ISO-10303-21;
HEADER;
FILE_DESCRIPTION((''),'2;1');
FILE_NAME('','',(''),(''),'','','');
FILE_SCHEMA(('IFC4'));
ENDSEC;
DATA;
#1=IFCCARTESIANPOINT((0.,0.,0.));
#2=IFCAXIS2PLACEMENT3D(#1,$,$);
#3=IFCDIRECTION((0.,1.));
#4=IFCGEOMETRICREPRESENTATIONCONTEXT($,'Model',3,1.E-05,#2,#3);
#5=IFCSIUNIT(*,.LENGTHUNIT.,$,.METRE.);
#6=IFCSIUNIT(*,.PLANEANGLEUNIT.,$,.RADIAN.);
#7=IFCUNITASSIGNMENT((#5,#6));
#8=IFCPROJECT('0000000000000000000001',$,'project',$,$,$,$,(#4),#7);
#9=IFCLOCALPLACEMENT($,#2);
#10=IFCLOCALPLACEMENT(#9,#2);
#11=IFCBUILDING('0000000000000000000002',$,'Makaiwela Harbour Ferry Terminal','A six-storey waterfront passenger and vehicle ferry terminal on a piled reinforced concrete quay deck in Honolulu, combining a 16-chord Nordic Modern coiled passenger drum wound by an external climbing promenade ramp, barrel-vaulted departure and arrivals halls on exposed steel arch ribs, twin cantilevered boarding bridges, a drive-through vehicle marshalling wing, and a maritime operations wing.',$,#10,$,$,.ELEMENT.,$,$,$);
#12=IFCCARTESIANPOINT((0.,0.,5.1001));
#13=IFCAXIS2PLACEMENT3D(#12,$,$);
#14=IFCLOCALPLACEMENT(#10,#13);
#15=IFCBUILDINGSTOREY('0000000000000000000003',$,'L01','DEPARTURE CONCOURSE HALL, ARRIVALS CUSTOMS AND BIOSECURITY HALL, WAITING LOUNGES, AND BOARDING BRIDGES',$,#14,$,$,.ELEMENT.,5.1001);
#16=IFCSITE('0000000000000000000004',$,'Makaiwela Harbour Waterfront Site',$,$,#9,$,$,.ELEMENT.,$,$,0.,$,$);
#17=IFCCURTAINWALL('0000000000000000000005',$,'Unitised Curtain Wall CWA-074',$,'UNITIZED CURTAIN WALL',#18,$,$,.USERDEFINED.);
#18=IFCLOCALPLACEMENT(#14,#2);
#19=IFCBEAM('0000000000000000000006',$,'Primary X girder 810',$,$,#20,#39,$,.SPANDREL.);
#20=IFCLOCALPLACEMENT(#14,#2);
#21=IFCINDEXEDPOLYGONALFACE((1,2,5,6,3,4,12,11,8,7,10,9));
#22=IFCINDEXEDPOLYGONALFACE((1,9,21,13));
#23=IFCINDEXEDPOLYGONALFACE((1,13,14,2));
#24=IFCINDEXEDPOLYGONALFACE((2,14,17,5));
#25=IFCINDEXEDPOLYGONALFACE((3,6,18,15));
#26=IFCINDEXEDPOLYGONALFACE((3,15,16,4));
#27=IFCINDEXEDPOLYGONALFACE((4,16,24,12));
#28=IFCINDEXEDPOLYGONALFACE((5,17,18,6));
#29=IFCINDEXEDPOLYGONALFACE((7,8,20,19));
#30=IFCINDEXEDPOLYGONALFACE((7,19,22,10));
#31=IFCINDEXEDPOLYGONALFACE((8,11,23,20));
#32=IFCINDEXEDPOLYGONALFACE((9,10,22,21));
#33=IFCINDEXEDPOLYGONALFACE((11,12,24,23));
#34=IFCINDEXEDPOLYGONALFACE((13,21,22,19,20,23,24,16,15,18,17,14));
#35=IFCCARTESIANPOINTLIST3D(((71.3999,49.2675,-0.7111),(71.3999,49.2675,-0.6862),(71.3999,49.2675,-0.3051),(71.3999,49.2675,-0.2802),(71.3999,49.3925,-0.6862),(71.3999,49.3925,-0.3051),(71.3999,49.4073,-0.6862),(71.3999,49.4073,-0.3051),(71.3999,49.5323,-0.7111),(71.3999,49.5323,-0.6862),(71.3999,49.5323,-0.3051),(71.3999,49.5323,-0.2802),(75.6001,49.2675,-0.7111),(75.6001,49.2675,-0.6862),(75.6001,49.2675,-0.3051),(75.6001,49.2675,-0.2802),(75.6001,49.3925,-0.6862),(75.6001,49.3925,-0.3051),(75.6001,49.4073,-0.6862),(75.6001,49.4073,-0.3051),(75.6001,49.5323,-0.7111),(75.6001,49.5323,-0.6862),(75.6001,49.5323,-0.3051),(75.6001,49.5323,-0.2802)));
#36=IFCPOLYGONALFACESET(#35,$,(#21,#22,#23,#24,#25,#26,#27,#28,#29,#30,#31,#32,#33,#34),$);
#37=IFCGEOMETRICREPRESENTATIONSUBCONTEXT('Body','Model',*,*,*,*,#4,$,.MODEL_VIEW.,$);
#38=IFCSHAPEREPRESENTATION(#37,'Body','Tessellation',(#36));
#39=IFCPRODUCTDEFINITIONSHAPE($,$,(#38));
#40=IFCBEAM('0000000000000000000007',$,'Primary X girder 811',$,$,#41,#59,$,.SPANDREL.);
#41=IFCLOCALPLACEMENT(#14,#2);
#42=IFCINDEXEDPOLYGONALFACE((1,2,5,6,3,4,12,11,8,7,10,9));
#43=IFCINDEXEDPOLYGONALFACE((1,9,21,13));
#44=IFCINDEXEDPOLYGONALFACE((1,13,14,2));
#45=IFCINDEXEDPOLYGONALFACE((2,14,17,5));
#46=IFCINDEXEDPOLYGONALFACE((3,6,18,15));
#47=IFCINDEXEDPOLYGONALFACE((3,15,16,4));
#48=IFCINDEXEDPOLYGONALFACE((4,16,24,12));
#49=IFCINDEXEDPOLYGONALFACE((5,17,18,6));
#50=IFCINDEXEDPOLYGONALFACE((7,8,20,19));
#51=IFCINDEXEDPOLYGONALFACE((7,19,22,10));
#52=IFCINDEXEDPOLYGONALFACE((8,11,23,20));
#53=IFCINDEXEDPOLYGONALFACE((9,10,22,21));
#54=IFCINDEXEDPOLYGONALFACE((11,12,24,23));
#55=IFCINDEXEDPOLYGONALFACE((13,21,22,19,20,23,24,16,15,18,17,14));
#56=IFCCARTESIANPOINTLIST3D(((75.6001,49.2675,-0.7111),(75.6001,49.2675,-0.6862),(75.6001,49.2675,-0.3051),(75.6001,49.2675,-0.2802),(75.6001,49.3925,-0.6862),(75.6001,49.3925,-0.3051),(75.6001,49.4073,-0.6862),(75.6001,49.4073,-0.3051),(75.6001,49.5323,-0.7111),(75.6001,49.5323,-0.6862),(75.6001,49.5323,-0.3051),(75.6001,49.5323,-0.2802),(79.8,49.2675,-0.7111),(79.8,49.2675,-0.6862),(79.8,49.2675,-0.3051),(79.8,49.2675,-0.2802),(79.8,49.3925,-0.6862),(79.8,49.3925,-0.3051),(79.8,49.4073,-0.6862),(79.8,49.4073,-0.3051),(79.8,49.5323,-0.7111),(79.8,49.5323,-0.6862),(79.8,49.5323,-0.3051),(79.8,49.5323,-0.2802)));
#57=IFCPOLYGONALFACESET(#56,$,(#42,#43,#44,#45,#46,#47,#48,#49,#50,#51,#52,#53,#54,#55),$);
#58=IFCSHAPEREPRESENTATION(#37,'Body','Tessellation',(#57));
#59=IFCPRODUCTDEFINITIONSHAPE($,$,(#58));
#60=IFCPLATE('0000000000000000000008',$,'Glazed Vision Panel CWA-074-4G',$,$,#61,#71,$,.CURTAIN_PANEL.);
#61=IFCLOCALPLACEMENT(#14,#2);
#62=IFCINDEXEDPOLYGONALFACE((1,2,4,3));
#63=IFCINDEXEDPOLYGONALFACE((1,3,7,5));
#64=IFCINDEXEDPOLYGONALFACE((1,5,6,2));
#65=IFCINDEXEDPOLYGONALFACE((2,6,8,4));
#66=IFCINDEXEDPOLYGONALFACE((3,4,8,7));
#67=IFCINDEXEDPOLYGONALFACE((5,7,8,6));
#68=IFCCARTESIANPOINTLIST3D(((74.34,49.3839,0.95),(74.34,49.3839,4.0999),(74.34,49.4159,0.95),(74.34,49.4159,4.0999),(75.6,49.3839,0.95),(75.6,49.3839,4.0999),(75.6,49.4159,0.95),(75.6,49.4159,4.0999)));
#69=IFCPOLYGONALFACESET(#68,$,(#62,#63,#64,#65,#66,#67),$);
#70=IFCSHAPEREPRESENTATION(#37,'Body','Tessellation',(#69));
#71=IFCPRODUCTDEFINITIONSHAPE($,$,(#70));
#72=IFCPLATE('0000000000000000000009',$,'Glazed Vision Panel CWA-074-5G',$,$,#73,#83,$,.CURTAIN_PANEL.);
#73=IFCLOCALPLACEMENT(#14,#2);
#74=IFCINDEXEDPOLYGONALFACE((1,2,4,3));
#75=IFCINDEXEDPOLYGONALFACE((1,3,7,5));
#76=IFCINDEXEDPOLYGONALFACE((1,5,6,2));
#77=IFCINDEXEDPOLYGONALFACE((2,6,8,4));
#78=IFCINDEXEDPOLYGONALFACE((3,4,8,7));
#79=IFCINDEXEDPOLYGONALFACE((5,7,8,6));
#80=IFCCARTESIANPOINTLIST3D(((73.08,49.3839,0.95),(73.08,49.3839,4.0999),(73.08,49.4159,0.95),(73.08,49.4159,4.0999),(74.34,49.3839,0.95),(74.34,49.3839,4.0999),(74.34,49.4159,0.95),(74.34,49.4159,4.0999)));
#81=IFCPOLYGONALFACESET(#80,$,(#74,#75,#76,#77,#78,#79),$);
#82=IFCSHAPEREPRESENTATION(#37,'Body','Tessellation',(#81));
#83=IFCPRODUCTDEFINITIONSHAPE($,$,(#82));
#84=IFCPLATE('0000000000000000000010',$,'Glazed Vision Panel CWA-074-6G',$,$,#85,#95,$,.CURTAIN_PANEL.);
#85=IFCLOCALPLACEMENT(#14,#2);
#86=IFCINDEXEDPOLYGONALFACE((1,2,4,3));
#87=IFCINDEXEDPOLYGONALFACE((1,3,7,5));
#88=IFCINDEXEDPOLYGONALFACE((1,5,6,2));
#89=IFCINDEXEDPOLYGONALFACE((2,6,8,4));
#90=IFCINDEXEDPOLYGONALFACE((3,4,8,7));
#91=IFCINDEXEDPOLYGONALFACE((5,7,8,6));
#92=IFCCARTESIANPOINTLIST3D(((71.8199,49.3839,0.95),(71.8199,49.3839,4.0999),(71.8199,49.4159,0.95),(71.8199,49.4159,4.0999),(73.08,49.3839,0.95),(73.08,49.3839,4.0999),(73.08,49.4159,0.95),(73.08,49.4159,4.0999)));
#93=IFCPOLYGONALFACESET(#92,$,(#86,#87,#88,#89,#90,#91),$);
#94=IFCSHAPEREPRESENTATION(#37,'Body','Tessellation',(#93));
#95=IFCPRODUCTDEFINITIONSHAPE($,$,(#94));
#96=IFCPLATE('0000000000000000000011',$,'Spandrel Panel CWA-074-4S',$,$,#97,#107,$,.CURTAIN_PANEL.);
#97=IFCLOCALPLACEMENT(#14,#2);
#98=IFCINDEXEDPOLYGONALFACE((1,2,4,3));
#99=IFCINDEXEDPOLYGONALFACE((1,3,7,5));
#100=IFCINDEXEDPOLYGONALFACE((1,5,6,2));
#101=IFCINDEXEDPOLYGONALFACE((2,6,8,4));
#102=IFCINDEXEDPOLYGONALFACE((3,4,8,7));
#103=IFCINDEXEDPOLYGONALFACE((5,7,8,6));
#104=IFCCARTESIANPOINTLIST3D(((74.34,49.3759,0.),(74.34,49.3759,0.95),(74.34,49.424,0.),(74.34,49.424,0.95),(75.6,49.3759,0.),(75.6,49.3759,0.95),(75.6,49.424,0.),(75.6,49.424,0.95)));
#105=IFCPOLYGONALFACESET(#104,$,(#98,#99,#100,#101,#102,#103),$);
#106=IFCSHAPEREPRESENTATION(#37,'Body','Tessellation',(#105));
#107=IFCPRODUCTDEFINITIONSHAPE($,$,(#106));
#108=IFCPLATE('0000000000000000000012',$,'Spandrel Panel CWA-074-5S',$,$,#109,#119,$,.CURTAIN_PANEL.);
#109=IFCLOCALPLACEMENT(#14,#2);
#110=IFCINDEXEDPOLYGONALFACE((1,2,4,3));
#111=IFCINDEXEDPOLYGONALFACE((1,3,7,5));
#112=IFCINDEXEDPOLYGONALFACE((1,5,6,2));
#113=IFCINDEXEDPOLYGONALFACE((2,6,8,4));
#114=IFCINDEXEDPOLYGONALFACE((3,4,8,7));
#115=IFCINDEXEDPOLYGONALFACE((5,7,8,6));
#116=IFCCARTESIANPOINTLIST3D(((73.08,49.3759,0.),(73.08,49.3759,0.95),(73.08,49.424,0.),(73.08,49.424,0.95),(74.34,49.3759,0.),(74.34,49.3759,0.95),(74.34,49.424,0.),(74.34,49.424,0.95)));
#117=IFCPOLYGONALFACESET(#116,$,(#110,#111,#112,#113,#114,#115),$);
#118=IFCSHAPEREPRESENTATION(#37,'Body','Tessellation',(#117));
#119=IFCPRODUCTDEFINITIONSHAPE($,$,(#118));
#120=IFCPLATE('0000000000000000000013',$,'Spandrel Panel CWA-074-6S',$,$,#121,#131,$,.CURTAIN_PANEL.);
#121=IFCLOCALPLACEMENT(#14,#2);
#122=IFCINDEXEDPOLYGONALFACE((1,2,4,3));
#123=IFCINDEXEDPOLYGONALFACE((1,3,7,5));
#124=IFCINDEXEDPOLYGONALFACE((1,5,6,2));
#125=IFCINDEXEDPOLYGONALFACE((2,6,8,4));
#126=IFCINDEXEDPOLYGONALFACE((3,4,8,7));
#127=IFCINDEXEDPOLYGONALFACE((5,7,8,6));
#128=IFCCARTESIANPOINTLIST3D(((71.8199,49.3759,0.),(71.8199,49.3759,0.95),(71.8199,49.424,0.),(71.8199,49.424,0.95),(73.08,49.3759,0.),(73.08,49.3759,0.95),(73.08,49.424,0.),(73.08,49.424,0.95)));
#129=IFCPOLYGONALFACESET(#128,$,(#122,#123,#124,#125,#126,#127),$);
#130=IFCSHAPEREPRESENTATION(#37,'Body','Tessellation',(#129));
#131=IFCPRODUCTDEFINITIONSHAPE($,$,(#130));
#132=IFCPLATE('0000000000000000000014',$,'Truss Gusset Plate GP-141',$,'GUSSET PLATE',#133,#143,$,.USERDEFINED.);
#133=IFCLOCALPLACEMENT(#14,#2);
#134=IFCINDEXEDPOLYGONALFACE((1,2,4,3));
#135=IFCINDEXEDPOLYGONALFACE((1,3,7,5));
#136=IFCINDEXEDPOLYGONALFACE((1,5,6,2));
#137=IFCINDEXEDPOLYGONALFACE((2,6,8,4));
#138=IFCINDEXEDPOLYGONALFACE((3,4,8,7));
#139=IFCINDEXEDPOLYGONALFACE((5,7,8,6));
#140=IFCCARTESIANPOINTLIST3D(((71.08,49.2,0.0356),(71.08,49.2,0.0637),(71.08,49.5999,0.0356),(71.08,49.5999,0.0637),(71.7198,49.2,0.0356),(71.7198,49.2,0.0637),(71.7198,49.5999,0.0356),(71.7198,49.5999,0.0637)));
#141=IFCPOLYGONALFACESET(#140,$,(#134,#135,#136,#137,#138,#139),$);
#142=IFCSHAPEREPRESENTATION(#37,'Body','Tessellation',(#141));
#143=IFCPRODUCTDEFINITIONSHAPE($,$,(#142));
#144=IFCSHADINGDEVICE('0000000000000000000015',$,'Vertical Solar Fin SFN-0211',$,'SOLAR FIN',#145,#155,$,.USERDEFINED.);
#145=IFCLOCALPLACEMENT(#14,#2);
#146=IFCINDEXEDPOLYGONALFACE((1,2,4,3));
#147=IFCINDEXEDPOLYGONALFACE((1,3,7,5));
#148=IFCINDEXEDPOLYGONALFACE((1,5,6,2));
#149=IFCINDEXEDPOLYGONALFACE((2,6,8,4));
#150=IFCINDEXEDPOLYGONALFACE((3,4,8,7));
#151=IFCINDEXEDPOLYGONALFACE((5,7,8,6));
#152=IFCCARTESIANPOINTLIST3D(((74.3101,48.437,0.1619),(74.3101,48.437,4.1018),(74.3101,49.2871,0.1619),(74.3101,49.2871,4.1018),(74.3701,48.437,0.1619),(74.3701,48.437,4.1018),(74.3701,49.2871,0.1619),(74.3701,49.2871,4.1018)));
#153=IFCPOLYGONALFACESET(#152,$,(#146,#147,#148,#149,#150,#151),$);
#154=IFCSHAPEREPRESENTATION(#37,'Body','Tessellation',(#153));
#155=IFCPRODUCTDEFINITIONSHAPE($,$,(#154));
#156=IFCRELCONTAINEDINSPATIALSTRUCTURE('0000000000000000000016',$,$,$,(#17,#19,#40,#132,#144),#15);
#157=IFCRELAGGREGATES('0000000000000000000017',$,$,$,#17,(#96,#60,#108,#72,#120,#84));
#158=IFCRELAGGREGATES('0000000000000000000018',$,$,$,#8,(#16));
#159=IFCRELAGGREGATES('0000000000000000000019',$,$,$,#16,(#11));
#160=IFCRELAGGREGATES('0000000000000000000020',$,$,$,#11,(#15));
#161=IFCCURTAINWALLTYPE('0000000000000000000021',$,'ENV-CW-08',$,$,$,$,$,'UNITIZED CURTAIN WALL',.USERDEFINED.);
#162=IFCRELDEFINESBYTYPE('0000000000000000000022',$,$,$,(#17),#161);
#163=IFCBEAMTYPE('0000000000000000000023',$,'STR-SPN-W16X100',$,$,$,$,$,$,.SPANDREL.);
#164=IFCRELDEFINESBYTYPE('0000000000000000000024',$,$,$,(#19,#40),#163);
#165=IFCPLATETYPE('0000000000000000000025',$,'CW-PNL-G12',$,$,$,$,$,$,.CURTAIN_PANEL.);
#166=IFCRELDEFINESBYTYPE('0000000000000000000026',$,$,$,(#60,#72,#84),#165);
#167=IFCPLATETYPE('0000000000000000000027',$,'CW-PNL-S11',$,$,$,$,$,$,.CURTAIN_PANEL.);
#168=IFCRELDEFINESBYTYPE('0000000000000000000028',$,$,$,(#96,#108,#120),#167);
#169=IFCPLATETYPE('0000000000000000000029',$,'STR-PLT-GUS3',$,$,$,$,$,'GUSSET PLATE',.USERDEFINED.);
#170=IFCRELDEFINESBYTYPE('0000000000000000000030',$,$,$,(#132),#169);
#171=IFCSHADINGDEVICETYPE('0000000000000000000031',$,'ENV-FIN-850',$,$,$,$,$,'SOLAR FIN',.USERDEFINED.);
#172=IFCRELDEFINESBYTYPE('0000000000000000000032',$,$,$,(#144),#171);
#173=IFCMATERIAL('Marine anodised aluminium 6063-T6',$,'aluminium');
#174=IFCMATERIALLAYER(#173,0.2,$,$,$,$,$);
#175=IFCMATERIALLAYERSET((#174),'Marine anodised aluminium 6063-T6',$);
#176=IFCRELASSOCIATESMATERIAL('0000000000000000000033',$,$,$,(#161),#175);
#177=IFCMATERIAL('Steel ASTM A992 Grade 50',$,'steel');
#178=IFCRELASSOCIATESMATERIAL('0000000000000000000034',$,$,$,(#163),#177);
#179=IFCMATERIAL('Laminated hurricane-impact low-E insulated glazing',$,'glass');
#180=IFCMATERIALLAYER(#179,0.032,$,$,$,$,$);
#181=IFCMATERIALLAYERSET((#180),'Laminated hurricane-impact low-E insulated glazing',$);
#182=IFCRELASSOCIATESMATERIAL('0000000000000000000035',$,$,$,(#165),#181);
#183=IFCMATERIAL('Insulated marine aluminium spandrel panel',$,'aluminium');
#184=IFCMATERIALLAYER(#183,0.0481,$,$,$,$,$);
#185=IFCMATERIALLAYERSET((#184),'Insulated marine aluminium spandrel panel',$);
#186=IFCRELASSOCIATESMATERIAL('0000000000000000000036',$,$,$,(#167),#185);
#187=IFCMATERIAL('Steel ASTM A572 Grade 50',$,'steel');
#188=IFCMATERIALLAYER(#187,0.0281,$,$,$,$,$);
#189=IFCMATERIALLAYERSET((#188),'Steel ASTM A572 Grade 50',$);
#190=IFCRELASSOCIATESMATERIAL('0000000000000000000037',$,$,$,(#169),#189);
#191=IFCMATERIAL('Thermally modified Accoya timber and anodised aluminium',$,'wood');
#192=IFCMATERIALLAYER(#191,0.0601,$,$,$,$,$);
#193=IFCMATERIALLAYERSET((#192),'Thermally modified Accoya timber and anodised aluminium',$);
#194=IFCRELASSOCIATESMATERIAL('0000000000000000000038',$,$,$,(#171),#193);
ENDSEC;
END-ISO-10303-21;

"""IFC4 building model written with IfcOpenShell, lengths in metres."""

from ifc_helpers import new_model, si_unit, direction, frame, origin, origin_2d, place, context, subcontext, project, spatial, rectangle, i_section, extrude, material, layer, layer_set, material_profile, profile_set, type_object, element, aggregate, save


model = new_model("IFC4")

# Units and contexts
model_context = context("Model", 3, precision=1e-05, world=origin(), true_north=direction((0.0, 1.0)))
body_context = subcontext(model_context, "Body", "Model", "MODEL_VIEW")
ifc_project = project(units=[si_unit("LENGTHUNIT", "METRE"), si_unit("PLANEANGLEUNIT", "RADIAN")], contexts=[model_context])

# Site, building, storey
site_placement = place(None, origin())
site = spatial("IfcSite", under=ifc_project, at=site_placement, Name="Makaiwela Harbour Waterfront Site", CompositionType="ELEMENT", RefElevation=0.0)
building_placement = place(site_placement, origin())
building = spatial("IfcBuilding", under=site, at=building_placement, Name="Makaiwela Harbour Ferry Terminal", Description="A six-storey waterfront passenger and vehicle ferry terminal on a piled reinforced concrete quay deck in Honolulu, combining a 16-chord Nordic Modern coiled passenger drum wound by an external climbing promenade ramp, barrel-vaulted departure and arrivals halls on exposed steel arch ribs, twin cantilevered boarding bridges, a drive-through vehicle marshalling wing, and a maritime operations wing.", CompositionType="ELEMENT")
storey_placement = place(building_placement, frame((0.0, 0.0, 5.1001)))
storey = spatial("IfcBuildingStorey", under=building, at=storey_placement, Name="L01", Description="DEPARTURE CONCOURSE HALL, ARRIVALS CUSTOMS AND BIOSECURITY HALL, WAITING LOUNGES, AND BOARDING BRIDGES", CompositionType="ELEMENT", Elevation=5.1001)

# Shared definitions
ifc_material_1 = material(Name="Steel ASTM A992 Grade 50", Category="steel")

# Curtain wall
ifc_material_2 = material(Name="Marine anodised aluminium 6063-T6", Category="aluminium")
ifc_layer_1 = layer(ifc_material_2, 0.2)
ifc_layer_set_1 = layer_set([ifc_layer_1], Name="Marine anodised aluminium 6063-T6")
curtain_wall_type_1 = type_object("IfcCurtainWallType", Name="ENV-CW-08", ElementType="UNITIZED CURTAIN WALL", PredefinedType="USERDEFINED", material=ifc_layer_set_1)
curtain_wall_1_placement = place(storey_placement, origin())
curtain_wall_1 = element("IfcCurtainWall", 1, at=curtain_wall_1_placement, inside=storey, type_object=curtain_wall_type_1, Name="Unitised Curtain Wall CWA-074", ObjectType="UNITIZED CURTAIN WALL", PredefinedType="USERDEFINED")

# Beams
ifc_material_profile_1 = material_profile(ifc_material_1, i_section(OverallWidth=0.2649, OverallDepth=0.4309, WebThickness=0.0149, FlangeThickness=0.0249, at=origin_2d()), Name="W16X100")
ifc_profile_set_1 = profile_set([ifc_material_profile_1], Name="Steel ASTM A992 Grade 50")
beam_type_1 = type_object("IfcBeamType", Name="STR-SPN-W16X100", PredefinedType="SPANDREL", material=ifc_profile_set_1)
beam_1_placement = place(storey_placement, frame((71.3999, 49.3999, -0.4956), z_axis=(1.0, 0.0, 0.0), x_axis=(0.0, 1.0, 0.0)))
element("IfcBeam", 2, at=beam_1_placement, inside=storey, type_object=beam_type_1, Name="Primary X girder 810", PredefinedType="SPANDREL", context=body_context, shape_type="SweptSolid", body=[
    extrude(i_section(OverallWidth=0.2649, OverallDepth=0.4309, WebThickness=0.0149, FlangeThickness=0.0249, at=origin_2d()), origin(), (0.0, 0.0, 1.0), 4.2002),
])
beam_2_placement = place(storey_placement, frame((75.6001, 49.3999, -0.4956), z_axis=(1.0, 0.0, 0.0), x_axis=(0.0, 1.0, 0.0)))
element("IfcBeam", 3, at=beam_2_placement, inside=storey, type_object=beam_type_1, Name="Primary X girder 811", PredefinedType="SPANDREL", context=body_context, shape_type="SweptSolid", body=[
    extrude(i_section(OverallWidth=0.2649, OverallDepth=0.4309, WebThickness=0.0149, FlangeThickness=0.0249, at=origin_2d()), origin(), (0.0, 0.0, 1.0), 4.2),
])

# Plates
ifc_material_3 = material(Name="Laminated hurricane-impact low-E insulated glazing", Category="glass")
ifc_layer_2 = layer(ifc_material_3, 0.032)
ifc_layer_set_2 = layer_set([ifc_layer_2], Name="Laminated hurricane-impact low-E insulated glazing")
plate_type_1 = type_object("IfcPlateType", Name="CW-PNL-G12", PredefinedType="CURTAIN_PANEL", material=ifc_layer_set_2)
plate_1_placement = place(storey_placement, frame((74.97, 49.3999, 0.95), z_axis=(0.0, 0.0, 1.0), x_axis=(-1.0, 0.0, 0.0)))
plate_1 = element("IfcPlate", 4, at=plate_1_placement, type_object=plate_type_1, Name="Glazed Vision Panel CWA-074-4G", PredefinedType="CURTAIN_PANEL", context=body_context, shape_type="SweptSolid", body=[
    extrude(rectangle(XDim=1.26, YDim=0.032, at=origin_2d()), origin(), (0.0, 0.0, 1.0), 3.1499),
])
plate_2_placement = place(storey_placement, frame((73.71, 49.3999, 0.95), z_axis=(0.0, 0.0, 1.0), x_axis=(-1.0, 0.0, 0.0)))
plate_2 = element("IfcPlate", 5, at=plate_2_placement, type_object=plate_type_1, Name="Glazed Vision Panel CWA-074-5G", PredefinedType="CURTAIN_PANEL", context=body_context, shape_type="SweptSolid", body=[
    extrude(rectangle(XDim=1.26, YDim=0.032, at=origin_2d()), origin(), (0.0, 0.0, 1.0), 3.1499),
])
plate_3_placement = place(storey_placement, frame((72.45, 49.3999, 0.95), z_axis=(0.0, 0.0, 1.0), x_axis=(-1.0, 0.0, 0.0)))
plate_3 = element("IfcPlate", 6, at=plate_3_placement, type_object=plate_type_1, Name="Glazed Vision Panel CWA-074-6G", PredefinedType="CURTAIN_PANEL", context=body_context, shape_type="SweptSolid", body=[
    extrude(rectangle(XDim=1.26, YDim=0.032, at=origin_2d()), origin(), (0.0, 0.0, 1.0), 3.1499),
])
ifc_material_4 = material(Name="Insulated marine aluminium spandrel panel", Category="aluminium")
ifc_layer_3 = layer(ifc_material_4, 0.0481)
ifc_layer_set_3 = layer_set([ifc_layer_3], Name="Insulated marine aluminium spandrel panel")
plate_type_2 = type_object("IfcPlateType", Name="CW-PNL-S11", PredefinedType="CURTAIN_PANEL", material=ifc_layer_set_3)
plate_4_placement = place(storey_placement, frame((74.97, 49.3999, 0.0), z_axis=(0.0, 0.0, 1.0), x_axis=(-1.0, 0.0, 0.0)))
plate_4 = element("IfcPlate", 7, at=plate_4_placement, type_object=plate_type_2, Name="Spandrel Panel CWA-074-4S", PredefinedType="CURTAIN_PANEL", context=body_context, shape_type="SweptSolid", body=[
    extrude(rectangle(XDim=1.26, YDim=0.0481, at=origin_2d()), origin(), (0.0, 0.0, 1.0), 0.95),
])
plate_5_placement = place(storey_placement, frame((73.71, 49.3999, 0.0), z_axis=(0.0, 0.0, 1.0), x_axis=(-1.0, 0.0, 0.0)))
plate_5 = element("IfcPlate", 8, at=plate_5_placement, type_object=plate_type_2, Name="Spandrel Panel CWA-074-5S", PredefinedType="CURTAIN_PANEL", context=body_context, shape_type="SweptSolid", body=[
    extrude(rectangle(XDim=1.26, YDim=0.0481, at=origin_2d()), origin(), (0.0, 0.0, 1.0), 0.95),
])
plate_6_placement = place(storey_placement, frame((72.45, 49.3999, 0.0), z_axis=(0.0, 0.0, 1.0), x_axis=(-1.0, 0.0, 0.0)))
plate_6 = element("IfcPlate", 9, at=plate_6_placement, type_object=plate_type_2, Name="Spandrel Panel CWA-074-6S", PredefinedType="CURTAIN_PANEL", context=body_context, shape_type="SweptSolid", body=[
    extrude(rectangle(XDim=1.26, YDim=0.0481, at=origin_2d()), origin(), (0.0, 0.0, 1.0), 0.95),
])
aggregate(curtain_wall_1, [plate_4, plate_1, plate_5, plate_2, plate_6, plate_3])
ifc_material_5 = material(Name="Steel ASTM A572 Grade 50", Category="steel")
ifc_layer_4 = layer(ifc_material_5, 0.0281)
ifc_layer_set_4 = layer_set([ifc_layer_4], Name="Steel ASTM A572 Grade 50")
plate_type_3 = type_object("IfcPlateType", Name="STR-PLT-GUS3", ElementType="GUSSET PLATE", PredefinedType="USERDEFINED", material=ifc_layer_set_4)
plate_7_placement = place(storey_placement, frame((71.3999, 49.3999, 0.0356), z_axis=(0.0, 0.0, 1.0), x_axis=(1.0, 0.0, 0.0)))
element("IfcPlate", 10, at=plate_7_placement, inside=storey, type_object=plate_type_3, Name="Truss Gusset Plate GP-141", ObjectType="GUSSET PLATE", PredefinedType="USERDEFINED", context=body_context, shape_type="SweptSolid", body=[
    extrude(rectangle(XDim=0.6399, YDim=0.3999, at=origin_2d()), origin(), (0.0, 0.0, 1.0), 0.0281),
])

# Shading device
ifc_material_6 = material(Name="Thermally modified Accoya timber and anodised aluminium", Category="wood")
ifc_layer_5 = layer(ifc_material_6, 0.0601)
ifc_layer_set_5 = layer_set([ifc_layer_5], Name="Thermally modified Accoya timber and anodised aluminium")
shading_device_type = type_object("IfcShadingDeviceType", Name="ENV-FIN-850", ElementType="SOLAR FIN", PredefinedType="USERDEFINED", material=ifc_layer_set_5)
shading_device_placement = place(storey_placement, frame((74.3401, 48.8621, 0.1619), z_axis=(0.0, 0.0, 1.0), x_axis=(0.0, -1.0, 0.0)))
element("IfcShadingDevice", 11, at=shading_device_placement, inside=storey, type_object=shading_device_type, Name="Vertical Solar Fin SFN-0211", ObjectType="SOLAR FIN", PredefinedType="USERDEFINED", context=body_context, shape_type="SweptSolid", body=[
    extrude(rectangle(XDim=0.8501, YDim=0.0601, at=origin_2d()), origin(), (0.0, 0.0, 1.0), 3.9399),
])

save(model, "model.ifc")
